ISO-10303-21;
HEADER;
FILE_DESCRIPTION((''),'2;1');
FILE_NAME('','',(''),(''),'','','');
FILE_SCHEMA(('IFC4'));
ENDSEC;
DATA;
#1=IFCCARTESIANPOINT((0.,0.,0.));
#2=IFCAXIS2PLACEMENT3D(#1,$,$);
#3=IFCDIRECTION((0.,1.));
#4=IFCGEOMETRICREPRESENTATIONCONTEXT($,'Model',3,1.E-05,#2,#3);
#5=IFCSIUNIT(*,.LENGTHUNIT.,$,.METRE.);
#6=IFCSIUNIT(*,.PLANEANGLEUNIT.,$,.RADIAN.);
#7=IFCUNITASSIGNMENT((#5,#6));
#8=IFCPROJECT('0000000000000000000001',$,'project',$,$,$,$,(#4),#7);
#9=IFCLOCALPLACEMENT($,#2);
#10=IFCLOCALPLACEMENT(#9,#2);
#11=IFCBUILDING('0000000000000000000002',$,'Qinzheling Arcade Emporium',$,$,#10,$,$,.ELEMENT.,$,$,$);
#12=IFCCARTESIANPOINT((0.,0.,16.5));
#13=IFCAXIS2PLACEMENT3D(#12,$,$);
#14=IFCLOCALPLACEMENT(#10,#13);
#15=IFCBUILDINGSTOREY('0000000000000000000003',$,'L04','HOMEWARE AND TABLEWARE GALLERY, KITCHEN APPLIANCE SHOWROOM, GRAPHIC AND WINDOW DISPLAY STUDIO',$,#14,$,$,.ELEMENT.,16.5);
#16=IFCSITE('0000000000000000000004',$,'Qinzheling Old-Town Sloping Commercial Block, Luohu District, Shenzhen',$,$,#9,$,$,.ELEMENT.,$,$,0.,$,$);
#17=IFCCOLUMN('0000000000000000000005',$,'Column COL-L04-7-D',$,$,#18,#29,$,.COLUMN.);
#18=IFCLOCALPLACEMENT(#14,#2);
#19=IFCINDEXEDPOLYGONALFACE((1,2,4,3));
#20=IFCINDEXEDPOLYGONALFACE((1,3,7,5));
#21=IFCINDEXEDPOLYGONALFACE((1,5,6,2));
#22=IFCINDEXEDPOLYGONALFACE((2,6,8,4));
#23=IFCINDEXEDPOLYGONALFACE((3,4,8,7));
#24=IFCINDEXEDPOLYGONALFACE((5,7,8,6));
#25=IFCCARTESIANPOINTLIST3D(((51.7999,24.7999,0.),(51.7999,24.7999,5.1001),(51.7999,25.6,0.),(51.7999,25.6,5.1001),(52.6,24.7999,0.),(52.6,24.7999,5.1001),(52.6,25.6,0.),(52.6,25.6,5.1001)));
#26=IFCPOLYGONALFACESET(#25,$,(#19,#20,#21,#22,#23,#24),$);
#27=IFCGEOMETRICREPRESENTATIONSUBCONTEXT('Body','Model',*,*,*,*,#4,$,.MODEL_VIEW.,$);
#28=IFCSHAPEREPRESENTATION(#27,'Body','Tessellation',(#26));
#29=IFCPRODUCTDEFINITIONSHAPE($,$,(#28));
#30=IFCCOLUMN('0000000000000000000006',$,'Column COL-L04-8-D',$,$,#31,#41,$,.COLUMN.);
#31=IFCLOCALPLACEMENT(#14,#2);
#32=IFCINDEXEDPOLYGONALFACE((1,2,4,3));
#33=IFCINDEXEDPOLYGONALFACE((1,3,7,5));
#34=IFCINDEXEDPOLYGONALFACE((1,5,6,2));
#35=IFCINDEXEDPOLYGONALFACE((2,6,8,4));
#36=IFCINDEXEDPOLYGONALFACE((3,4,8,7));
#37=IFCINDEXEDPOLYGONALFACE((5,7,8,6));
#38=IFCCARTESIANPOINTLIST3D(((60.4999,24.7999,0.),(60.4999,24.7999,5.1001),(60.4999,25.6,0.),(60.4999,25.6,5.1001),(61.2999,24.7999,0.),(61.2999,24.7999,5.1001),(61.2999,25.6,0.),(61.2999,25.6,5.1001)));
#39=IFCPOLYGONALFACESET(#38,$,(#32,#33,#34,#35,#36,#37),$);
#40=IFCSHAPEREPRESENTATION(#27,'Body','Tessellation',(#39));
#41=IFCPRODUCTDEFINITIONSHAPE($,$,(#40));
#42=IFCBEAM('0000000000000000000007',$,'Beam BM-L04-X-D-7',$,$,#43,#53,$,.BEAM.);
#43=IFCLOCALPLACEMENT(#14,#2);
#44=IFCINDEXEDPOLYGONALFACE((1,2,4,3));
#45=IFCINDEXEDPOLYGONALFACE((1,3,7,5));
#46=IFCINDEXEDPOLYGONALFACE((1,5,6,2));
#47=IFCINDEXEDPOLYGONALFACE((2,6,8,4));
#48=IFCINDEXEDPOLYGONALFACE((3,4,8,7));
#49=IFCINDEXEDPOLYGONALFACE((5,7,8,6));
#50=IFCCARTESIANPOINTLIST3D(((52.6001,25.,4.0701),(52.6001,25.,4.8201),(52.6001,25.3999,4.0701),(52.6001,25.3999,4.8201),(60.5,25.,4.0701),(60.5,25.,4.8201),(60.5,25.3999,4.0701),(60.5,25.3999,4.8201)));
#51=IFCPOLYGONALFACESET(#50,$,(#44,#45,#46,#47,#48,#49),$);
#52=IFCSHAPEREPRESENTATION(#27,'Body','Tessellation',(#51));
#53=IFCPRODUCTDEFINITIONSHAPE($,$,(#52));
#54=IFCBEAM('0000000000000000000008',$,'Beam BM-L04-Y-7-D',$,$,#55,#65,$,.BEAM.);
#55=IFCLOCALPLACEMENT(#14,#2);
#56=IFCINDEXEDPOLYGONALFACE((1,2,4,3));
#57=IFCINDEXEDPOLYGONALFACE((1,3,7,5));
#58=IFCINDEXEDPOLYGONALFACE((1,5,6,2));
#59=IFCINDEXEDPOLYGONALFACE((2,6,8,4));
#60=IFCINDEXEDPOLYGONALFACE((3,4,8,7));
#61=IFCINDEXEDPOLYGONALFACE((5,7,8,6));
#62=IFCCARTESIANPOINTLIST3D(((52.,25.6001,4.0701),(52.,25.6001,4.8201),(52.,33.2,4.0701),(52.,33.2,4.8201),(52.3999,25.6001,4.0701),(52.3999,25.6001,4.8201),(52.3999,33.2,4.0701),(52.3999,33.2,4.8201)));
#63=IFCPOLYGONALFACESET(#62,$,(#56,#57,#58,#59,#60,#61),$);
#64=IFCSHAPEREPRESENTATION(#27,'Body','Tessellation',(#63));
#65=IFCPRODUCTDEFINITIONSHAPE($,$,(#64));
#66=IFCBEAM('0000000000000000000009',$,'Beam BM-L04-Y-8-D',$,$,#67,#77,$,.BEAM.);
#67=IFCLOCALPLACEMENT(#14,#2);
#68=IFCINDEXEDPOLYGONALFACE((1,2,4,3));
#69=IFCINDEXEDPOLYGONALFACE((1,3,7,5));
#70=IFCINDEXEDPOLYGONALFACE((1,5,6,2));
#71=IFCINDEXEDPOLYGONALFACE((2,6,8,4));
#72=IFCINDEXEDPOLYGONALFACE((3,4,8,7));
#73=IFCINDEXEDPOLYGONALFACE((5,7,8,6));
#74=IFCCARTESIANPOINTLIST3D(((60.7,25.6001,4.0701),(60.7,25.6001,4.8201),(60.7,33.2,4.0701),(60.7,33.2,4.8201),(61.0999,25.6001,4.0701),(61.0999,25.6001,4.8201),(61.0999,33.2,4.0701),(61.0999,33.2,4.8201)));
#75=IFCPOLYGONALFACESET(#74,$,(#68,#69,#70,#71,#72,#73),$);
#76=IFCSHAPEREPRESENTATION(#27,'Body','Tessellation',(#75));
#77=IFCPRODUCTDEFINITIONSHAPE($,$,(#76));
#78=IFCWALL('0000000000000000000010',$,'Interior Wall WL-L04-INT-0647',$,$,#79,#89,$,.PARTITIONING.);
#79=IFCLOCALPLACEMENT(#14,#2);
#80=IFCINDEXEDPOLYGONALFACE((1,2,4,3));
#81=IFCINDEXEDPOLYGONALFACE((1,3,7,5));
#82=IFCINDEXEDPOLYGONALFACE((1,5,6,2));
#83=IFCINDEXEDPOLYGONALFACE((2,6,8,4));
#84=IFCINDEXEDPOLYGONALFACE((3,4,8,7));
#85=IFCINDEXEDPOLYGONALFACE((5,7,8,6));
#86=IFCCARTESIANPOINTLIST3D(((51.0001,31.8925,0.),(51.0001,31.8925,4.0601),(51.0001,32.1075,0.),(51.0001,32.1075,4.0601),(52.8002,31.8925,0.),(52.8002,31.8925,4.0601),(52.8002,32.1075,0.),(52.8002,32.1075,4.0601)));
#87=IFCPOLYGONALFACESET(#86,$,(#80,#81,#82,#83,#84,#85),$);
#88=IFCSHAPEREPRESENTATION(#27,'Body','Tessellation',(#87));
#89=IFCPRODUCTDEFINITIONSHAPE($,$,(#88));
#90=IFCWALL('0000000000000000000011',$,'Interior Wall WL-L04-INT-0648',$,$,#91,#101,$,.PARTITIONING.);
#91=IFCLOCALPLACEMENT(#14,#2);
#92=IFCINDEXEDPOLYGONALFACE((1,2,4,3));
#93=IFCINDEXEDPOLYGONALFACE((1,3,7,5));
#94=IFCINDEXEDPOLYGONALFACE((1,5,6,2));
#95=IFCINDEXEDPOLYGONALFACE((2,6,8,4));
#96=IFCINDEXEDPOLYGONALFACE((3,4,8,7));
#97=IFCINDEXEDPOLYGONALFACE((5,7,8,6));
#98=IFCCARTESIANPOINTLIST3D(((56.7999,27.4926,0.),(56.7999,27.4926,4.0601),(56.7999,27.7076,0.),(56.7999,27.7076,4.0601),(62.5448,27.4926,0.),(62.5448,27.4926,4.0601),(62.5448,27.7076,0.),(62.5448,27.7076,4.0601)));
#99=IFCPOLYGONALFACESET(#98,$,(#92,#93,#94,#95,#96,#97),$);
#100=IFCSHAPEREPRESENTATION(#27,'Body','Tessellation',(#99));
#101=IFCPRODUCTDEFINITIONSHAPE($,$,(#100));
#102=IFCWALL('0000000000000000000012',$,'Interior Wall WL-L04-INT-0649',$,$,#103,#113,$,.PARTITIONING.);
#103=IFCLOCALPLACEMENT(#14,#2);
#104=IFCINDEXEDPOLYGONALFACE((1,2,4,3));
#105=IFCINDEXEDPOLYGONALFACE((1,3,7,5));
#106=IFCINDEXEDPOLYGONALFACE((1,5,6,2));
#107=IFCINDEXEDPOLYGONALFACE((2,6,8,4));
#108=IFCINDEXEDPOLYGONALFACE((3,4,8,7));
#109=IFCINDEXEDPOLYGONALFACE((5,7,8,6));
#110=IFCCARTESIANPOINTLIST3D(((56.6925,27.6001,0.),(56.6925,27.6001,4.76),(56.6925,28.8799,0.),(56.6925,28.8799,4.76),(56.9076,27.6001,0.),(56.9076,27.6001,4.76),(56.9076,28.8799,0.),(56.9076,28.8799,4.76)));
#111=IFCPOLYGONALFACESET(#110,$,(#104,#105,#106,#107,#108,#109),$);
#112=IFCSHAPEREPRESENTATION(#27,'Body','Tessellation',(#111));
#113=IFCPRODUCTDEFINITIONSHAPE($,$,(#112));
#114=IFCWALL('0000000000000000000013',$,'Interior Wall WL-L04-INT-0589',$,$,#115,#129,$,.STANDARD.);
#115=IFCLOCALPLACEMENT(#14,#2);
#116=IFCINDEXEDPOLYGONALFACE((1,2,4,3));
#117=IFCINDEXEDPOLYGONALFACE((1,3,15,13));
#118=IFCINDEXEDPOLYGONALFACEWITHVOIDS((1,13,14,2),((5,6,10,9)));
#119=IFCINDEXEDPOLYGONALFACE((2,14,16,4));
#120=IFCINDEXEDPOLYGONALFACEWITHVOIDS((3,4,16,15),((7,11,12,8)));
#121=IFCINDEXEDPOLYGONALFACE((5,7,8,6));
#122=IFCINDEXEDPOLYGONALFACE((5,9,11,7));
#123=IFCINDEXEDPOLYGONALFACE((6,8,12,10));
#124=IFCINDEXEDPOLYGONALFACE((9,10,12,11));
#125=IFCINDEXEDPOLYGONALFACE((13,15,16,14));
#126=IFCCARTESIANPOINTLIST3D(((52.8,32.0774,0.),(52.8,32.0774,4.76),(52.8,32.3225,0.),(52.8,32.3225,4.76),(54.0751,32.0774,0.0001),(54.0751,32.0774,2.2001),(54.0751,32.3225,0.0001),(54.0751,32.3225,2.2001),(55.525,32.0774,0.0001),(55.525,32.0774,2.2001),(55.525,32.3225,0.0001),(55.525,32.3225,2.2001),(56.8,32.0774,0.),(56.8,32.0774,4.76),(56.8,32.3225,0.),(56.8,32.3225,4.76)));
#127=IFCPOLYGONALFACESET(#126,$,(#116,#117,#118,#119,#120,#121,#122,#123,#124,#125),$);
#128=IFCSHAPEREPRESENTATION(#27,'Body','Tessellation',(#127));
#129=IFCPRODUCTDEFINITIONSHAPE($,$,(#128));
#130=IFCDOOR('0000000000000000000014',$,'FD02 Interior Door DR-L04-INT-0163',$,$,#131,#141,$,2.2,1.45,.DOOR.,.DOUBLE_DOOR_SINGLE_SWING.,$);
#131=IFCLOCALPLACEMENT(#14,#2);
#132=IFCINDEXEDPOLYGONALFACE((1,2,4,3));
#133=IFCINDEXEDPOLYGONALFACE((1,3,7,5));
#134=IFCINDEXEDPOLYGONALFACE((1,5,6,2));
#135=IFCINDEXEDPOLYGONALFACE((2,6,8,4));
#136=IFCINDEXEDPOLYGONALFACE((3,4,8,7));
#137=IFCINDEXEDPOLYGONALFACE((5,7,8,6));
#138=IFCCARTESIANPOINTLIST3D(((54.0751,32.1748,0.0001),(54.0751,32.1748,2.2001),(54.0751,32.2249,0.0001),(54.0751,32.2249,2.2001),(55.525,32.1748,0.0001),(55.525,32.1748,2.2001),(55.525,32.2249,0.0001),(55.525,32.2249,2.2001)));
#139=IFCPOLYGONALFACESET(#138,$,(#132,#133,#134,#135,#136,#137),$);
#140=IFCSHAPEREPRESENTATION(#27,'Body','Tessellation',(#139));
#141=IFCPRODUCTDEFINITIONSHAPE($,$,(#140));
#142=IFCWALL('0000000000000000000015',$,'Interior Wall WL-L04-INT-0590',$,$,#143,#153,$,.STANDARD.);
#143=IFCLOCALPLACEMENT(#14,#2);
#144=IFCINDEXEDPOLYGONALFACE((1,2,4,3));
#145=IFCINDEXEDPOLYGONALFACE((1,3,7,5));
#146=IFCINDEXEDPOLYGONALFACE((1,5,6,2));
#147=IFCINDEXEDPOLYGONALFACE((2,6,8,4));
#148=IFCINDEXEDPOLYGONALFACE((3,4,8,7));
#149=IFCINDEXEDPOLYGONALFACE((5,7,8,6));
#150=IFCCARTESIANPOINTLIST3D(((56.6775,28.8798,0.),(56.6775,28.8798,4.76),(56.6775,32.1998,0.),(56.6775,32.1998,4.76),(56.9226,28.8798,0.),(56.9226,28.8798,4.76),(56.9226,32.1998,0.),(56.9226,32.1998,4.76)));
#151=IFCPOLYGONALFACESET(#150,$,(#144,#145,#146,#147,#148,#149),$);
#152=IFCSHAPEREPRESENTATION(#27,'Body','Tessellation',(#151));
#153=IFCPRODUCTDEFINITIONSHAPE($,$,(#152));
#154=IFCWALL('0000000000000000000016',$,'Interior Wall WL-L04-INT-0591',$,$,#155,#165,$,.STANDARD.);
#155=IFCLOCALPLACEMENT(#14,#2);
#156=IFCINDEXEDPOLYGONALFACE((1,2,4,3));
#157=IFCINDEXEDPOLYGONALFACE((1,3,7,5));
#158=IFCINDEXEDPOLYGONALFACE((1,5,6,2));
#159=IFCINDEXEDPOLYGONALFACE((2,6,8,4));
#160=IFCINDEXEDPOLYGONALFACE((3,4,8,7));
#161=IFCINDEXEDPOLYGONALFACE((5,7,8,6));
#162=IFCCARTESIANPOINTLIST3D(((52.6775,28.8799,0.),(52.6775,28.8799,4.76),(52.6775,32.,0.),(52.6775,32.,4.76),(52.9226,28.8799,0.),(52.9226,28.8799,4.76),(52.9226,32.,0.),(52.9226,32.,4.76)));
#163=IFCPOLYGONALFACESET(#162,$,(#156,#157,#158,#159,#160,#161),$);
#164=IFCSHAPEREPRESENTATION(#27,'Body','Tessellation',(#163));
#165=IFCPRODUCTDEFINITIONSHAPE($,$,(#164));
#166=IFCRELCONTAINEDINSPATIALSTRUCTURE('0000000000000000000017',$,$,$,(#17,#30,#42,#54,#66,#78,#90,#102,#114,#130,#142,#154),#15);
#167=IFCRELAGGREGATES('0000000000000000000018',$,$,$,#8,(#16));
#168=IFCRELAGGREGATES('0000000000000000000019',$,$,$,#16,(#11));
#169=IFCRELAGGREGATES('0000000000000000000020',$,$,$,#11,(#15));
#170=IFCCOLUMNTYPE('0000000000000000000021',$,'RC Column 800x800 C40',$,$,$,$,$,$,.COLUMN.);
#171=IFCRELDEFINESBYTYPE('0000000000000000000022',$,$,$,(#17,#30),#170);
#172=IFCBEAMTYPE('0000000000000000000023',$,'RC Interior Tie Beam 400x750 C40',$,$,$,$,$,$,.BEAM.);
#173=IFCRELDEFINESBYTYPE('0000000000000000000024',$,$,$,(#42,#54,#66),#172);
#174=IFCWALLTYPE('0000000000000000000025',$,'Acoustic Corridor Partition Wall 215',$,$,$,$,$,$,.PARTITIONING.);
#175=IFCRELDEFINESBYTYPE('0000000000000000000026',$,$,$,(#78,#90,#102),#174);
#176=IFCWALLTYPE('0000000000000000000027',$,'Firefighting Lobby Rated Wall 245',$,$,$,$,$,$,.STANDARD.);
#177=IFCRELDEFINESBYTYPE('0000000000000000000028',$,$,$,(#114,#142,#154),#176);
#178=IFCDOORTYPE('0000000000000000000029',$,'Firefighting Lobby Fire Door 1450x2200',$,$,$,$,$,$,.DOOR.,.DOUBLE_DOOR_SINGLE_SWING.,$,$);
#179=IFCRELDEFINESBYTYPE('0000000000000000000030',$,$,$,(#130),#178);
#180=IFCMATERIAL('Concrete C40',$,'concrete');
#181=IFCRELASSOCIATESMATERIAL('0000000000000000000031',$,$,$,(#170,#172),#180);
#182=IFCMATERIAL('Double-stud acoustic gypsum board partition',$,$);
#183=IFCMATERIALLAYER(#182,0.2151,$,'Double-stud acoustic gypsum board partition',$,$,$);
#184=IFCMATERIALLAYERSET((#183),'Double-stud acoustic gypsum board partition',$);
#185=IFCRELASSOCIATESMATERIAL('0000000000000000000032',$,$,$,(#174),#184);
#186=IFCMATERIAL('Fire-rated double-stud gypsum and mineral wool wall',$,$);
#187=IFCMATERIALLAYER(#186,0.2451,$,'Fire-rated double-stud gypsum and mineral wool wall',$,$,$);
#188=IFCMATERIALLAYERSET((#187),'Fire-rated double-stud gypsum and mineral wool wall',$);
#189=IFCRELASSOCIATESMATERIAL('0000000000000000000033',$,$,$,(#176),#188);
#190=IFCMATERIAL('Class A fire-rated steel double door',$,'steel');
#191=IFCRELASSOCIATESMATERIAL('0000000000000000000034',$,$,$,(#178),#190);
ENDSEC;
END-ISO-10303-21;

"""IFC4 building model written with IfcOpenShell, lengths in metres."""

from ifc_helpers import new_model, si_unit, direction, frame, frame_2d, origin, origin_2d, place, context, subcontext, project, spatial, rectangle, extrude, material, layer, layer_set, material_profile, profile_set, type_object, element, fill, save


model = new_model("IFC4")

# Units and contexts
model_context = context("Model", 3, precision=1e-05, world=origin(), true_north=direction((0.0, 1.0)))
body_context = subcontext(model_context, "Body", "Model", "MODEL_VIEW")
ifc_project = project(units=[si_unit("LENGTHUNIT", "METRE"), si_unit("PLANEANGLEUNIT", "RADIAN")], contexts=[model_context])

# Site, building, storey
site_placement = place(None, origin())
site = spatial("IfcSite", under=ifc_project, at=site_placement, Name="Qinzheling Old-Town Sloping Commercial Block, Luohu District, Shenzhen", CompositionType="ELEMENT", RefElevation=0.0)
building_placement = place(site_placement, origin())
building = spatial("IfcBuilding", under=site, at=building_placement, Name="Qinzheling Arcade Emporium", CompositionType="ELEMENT")
storey_placement = place(building_placement, frame((0.0, 0.0, 16.5)))
storey = spatial("IfcBuildingStorey", under=building, at=storey_placement, Name="L04", Description="HOMEWARE AND TABLEWARE GALLERY, KITCHEN APPLIANCE SHOWROOM, GRAPHIC AND WINDOW DISPLAY STUDIO", CompositionType="ELEMENT", Elevation=16.5)

# Columns
ifc_material_1 = material(Name="Concrete C40", Category="concrete")
ifc_material_profile_1 = material_profile(ifc_material_1, rectangle(XDim=0.8, YDim=0.8, at=origin_2d()), Name="RC 800x800", Category="concrete")
ifc_profile_set_1 = profile_set([ifc_material_profile_1], Name="Concrete C40")
column_type = type_object("IfcColumnType", Name="RC Column 800x800 C40", PredefinedType="COLUMN", material=ifc_profile_set_1)
for number, where, z_axis, x_axis, name in (
    (1, (52.2, 25.2, 0.0), (0.0, 0.0, 1.0), (1.0, 0.0, 0.0), "Column COL-L04-7-D"),
    (2, (60.8999, 25.2, 0.0), (0.0, 0.0, 1.0), (1.0, 0.0, 0.0), "Column COL-L04-8-D"),
):
    element("IfcColumn", number, at=place(storey_placement, frame(where, z_axis=z_axis, x_axis=x_axis)), inside=storey, type_object=column_type, Name=name, PredefinedType="COLUMN", context=body_context, shape_type="SweptSolid", body=[
        extrude(rectangle(XDim=0.8, YDim=0.8, at=origin_2d()), origin(), (0.0, 0.0, 1.0), 5.1001),
    ])

# Beams
ifc_material_profile_2 = material_profile(ifc_material_1, rectangle(XDim=0.3999, YDim=0.75, at=origin_2d()), Name="RC 400x750", Category="concrete")
ifc_profile_set_2 = profile_set([ifc_material_profile_2], Name="Concrete C40")
beam_type = type_object("IfcBeamType", Name="RC Interior Tie Beam 400x750 C40", PredefinedType="BEAM", material=ifc_profile_set_2)
beam_placement = place(storey_placement, frame((52.6001, 25.2, 4.4451), z_axis=(1.0, 0.0, 0.0), x_axis=(0.0, 1.0, 0.0)))
element("IfcBeam", 3, at=beam_placement, inside=storey, type_object=beam_type, Name="Beam BM-L04-X-D-7", PredefinedType="BEAM", context=body_context, shape_type="SweptSolid", body=[
    extrude(rectangle(XDim=0.3999, YDim=0.75, at=origin_2d()), origin(), (0.0, 0.0, 1.0), 7.8999),
])
for number, where, z_axis, x_axis, name in (
    (4, (52.2, 25.6001, 4.4451), (0.0, 1.0, 0.0), (-1.0, 0.0, 0.0), "Beam BM-L04-Y-7-D"),
    (5, (60.8999, 25.6001, 4.4451), (0.0, 1.0, 0.0), (-1.0, 0.0, 0.0), "Beam BM-L04-Y-8-D"),
):
    element("IfcBeam", number, at=place(storey_placement, frame(where, z_axis=z_axis, x_axis=x_axis)), inside=storey, type_object=beam_type, Name=name, PredefinedType="BEAM", context=body_context, shape_type="SweptSolid", body=[
        extrude(rectangle(XDim=0.3999, YDim=0.75, at=origin_2d()), origin(), (0.0, 0.0, 1.0), 7.5999),
    ])

# Walls
ifc_material_2 = material(Name="Double-stud acoustic gypsum board partition")
ifc_layer_1 = layer(ifc_material_2, 0.2151, Name="Double-stud acoustic gypsum board partition")
ifc_layer_set_1 = layer_set([ifc_layer_1], Name="Double-stud acoustic gypsum board partition")
wall_type_1 = type_object("IfcWallType", Name="Acoustic Corridor Partition Wall 215", PredefinedType="PARTITIONING", material=ifc_layer_set_1)
wall_1_placement = place(storey_placement, frame((52.8, 32.0, 0.0), z_axis=(0.0, 0.0, 1.0), x_axis=(-1.0, 0.0, 0.0)))
element("IfcWall", 6, at=wall_1_placement, inside=storey, type_object=wall_type_1, Name="Interior Wall WL-L04-INT-0647", PredefinedType="PARTITIONING", context=body_context, shape_type="SweptSolid", body=[
    extrude(rectangle(XDim=1.8, YDim=0.2151, at=frame_2d((0.8999, 0.0))), origin(), (0.0, 0.0, 1.0), 4.0601),
])
wall_2_placement = place(storey_placement, frame((62.5449, 27.6001, 0.0), z_axis=(0.0, 0.0, 1.0), x_axis=(-1.0, 0.0, 0.0)))
element("IfcWall", 7, at=wall_2_placement, inside=storey, type_object=wall_type_1, Name="Interior Wall WL-L04-INT-0648", PredefinedType="PARTITIONING", context=body_context, shape_type="SweptSolid", body=[
    extrude(rectangle(XDim=5.7449, YDim=0.2151, at=frame_2d((2.8726, 0.0))), origin(), (0.0, 0.0, 1.0), 4.0601),
])
wall_3_placement = place(storey_placement, frame((56.8, 27.6001, 0.0), z_axis=(0.0, 0.0, 1.0), x_axis=(0.0, 1.0, 0.0)))
element("IfcWall", 8, at=wall_3_placement, inside=storey, type_object=wall_type_1, Name="Interior Wall WL-L04-INT-0649", PredefinedType="PARTITIONING", context=body_context, shape_type="SweptSolid", body=[
    extrude(rectangle(XDim=1.2798, YDim=0.2151, at=frame_2d((0.6399, 0.0))), origin(), (0.0, 0.0, 1.0), 4.76),
])

# Wall, opening, door
ifc_material_3 = material(Name="Fire-rated double-stud gypsum and mineral wool wall")
ifc_layer_2 = layer(ifc_material_3, 0.2451, Name="Fire-rated double-stud gypsum and mineral wool wall")
ifc_layer_set_2 = layer_set([ifc_layer_2], Name="Fire-rated double-stud gypsum and mineral wool wall")
wall_type_2 = type_object("IfcWallType", Name="Firefighting Lobby Rated Wall 245", PredefinedType="STANDARD", material=ifc_layer_set_2)
wall_4_placement = place(storey_placement, frame((52.8, 32.2, 0.0), z_axis=(0.0, 0.0, 1.0), x_axis=(1.0, 0.0, 0.0)))
wall_4 = element("IfcWall", 9, at=wall_4_placement, inside=storey, type_object=wall_type_2, Name="Interior Wall WL-L04-INT-0589", PredefinedType="STANDARD", context=body_context, shape_type="SweptSolid", body=[
    extrude(rectangle(XDim=4.0, YDim=0.2451, at=frame_2d((2.0, 0.0))), origin(), (0.0, 0.0, 1.0), 4.76),
])
opening_1_placement = place(wall_4_placement, frame((1.2749, 0.0, 0.0)))
opening_1 = element("IfcOpeningElement", 10, at=opening_1_placement, cuts=wall_4, PredefinedType="OPENING", context=body_context, shape_type="SweptSolid", body=[
    extrude(rectangle(XDim=1.45, YDim=2.2, at=frame_2d((0.7251, 1.1001))), frame((0.0, 0.1326, 0.0), z_axis=(0.0, -1.0, 0.0), x_axis=(1.0, 0.0, 0.0)), (0.0, 0.0, 1.0), 0.2651),
])
ifc_material_4 = material(Name="Class A fire-rated steel double door", Category="steel")
door_type_1 = type_object("IfcDoorType", Name="Firefighting Lobby Fire Door 1450x2200", OperationType="DOUBLE_DOOR_SINGLE_SWING", PredefinedType="DOOR", material=ifc_material_4)
door_1_placement = place(opening_1_placement, origin())
door_1 = element("IfcDoor", 11, at=door_1_placement, inside=storey, type_object=door_type_1, Name="FD02 Interior Door DR-L04-INT-0163", OperationType="DOUBLE_DOOR_SINGLE_SWING", OverallHeight=2.2, OverallWidth=1.45, PredefinedType="DOOR", context=body_context, shape_type="SweptSolid", body=[
    extrude(rectangle(XDim=1.45, YDim=2.2, at=frame_2d((0.7251, 1.1001))), frame((0.0, 0.0249, 0.0), z_axis=(0.0, -1.0, 0.0), x_axis=(1.0, 0.0, 0.0)), (0.0, 0.0, 1.0), 0.05),
])
fill(opening_1, door_1)

# Walls
wall_5_placement = place(storey_placement, frame((56.8, 32.2, 0.0), z_axis=(0.0, 0.0, 1.0), x_axis=(0.0, -1.0, 0.0)))
element("IfcWall", 12, at=wall_5_placement, inside=storey, type_object=wall_type_2, Name="Interior Wall WL-L04-INT-0590", PredefinedType="STANDARD", context=body_context, shape_type="SweptSolid", body=[
    extrude(rectangle(XDim=3.3201, YDim=0.2451, at=frame_2d((1.6602, 0.0))), origin(), (0.0, 0.0, 1.0), 4.76),
])
wall_6_placement = place(storey_placement, frame((52.8, 28.8799, 0.0), z_axis=(0.0, 0.0, 1.0), x_axis=(0.0, 1.0, 0.0)))
element("IfcWall", 13, at=wall_6_placement, inside=storey, type_object=wall_type_2, Name="Interior Wall WL-L04-INT-0591", PredefinedType="STANDARD", context=body_context, shape_type="SweptSolid", body=[
    extrude(rectangle(XDim=3.1201, YDim=0.2451, at=frame_2d((1.5601, 0.0))), origin(), (0.0, 0.0, 1.0), 4.76),
])

save(model, "model.ifc")
